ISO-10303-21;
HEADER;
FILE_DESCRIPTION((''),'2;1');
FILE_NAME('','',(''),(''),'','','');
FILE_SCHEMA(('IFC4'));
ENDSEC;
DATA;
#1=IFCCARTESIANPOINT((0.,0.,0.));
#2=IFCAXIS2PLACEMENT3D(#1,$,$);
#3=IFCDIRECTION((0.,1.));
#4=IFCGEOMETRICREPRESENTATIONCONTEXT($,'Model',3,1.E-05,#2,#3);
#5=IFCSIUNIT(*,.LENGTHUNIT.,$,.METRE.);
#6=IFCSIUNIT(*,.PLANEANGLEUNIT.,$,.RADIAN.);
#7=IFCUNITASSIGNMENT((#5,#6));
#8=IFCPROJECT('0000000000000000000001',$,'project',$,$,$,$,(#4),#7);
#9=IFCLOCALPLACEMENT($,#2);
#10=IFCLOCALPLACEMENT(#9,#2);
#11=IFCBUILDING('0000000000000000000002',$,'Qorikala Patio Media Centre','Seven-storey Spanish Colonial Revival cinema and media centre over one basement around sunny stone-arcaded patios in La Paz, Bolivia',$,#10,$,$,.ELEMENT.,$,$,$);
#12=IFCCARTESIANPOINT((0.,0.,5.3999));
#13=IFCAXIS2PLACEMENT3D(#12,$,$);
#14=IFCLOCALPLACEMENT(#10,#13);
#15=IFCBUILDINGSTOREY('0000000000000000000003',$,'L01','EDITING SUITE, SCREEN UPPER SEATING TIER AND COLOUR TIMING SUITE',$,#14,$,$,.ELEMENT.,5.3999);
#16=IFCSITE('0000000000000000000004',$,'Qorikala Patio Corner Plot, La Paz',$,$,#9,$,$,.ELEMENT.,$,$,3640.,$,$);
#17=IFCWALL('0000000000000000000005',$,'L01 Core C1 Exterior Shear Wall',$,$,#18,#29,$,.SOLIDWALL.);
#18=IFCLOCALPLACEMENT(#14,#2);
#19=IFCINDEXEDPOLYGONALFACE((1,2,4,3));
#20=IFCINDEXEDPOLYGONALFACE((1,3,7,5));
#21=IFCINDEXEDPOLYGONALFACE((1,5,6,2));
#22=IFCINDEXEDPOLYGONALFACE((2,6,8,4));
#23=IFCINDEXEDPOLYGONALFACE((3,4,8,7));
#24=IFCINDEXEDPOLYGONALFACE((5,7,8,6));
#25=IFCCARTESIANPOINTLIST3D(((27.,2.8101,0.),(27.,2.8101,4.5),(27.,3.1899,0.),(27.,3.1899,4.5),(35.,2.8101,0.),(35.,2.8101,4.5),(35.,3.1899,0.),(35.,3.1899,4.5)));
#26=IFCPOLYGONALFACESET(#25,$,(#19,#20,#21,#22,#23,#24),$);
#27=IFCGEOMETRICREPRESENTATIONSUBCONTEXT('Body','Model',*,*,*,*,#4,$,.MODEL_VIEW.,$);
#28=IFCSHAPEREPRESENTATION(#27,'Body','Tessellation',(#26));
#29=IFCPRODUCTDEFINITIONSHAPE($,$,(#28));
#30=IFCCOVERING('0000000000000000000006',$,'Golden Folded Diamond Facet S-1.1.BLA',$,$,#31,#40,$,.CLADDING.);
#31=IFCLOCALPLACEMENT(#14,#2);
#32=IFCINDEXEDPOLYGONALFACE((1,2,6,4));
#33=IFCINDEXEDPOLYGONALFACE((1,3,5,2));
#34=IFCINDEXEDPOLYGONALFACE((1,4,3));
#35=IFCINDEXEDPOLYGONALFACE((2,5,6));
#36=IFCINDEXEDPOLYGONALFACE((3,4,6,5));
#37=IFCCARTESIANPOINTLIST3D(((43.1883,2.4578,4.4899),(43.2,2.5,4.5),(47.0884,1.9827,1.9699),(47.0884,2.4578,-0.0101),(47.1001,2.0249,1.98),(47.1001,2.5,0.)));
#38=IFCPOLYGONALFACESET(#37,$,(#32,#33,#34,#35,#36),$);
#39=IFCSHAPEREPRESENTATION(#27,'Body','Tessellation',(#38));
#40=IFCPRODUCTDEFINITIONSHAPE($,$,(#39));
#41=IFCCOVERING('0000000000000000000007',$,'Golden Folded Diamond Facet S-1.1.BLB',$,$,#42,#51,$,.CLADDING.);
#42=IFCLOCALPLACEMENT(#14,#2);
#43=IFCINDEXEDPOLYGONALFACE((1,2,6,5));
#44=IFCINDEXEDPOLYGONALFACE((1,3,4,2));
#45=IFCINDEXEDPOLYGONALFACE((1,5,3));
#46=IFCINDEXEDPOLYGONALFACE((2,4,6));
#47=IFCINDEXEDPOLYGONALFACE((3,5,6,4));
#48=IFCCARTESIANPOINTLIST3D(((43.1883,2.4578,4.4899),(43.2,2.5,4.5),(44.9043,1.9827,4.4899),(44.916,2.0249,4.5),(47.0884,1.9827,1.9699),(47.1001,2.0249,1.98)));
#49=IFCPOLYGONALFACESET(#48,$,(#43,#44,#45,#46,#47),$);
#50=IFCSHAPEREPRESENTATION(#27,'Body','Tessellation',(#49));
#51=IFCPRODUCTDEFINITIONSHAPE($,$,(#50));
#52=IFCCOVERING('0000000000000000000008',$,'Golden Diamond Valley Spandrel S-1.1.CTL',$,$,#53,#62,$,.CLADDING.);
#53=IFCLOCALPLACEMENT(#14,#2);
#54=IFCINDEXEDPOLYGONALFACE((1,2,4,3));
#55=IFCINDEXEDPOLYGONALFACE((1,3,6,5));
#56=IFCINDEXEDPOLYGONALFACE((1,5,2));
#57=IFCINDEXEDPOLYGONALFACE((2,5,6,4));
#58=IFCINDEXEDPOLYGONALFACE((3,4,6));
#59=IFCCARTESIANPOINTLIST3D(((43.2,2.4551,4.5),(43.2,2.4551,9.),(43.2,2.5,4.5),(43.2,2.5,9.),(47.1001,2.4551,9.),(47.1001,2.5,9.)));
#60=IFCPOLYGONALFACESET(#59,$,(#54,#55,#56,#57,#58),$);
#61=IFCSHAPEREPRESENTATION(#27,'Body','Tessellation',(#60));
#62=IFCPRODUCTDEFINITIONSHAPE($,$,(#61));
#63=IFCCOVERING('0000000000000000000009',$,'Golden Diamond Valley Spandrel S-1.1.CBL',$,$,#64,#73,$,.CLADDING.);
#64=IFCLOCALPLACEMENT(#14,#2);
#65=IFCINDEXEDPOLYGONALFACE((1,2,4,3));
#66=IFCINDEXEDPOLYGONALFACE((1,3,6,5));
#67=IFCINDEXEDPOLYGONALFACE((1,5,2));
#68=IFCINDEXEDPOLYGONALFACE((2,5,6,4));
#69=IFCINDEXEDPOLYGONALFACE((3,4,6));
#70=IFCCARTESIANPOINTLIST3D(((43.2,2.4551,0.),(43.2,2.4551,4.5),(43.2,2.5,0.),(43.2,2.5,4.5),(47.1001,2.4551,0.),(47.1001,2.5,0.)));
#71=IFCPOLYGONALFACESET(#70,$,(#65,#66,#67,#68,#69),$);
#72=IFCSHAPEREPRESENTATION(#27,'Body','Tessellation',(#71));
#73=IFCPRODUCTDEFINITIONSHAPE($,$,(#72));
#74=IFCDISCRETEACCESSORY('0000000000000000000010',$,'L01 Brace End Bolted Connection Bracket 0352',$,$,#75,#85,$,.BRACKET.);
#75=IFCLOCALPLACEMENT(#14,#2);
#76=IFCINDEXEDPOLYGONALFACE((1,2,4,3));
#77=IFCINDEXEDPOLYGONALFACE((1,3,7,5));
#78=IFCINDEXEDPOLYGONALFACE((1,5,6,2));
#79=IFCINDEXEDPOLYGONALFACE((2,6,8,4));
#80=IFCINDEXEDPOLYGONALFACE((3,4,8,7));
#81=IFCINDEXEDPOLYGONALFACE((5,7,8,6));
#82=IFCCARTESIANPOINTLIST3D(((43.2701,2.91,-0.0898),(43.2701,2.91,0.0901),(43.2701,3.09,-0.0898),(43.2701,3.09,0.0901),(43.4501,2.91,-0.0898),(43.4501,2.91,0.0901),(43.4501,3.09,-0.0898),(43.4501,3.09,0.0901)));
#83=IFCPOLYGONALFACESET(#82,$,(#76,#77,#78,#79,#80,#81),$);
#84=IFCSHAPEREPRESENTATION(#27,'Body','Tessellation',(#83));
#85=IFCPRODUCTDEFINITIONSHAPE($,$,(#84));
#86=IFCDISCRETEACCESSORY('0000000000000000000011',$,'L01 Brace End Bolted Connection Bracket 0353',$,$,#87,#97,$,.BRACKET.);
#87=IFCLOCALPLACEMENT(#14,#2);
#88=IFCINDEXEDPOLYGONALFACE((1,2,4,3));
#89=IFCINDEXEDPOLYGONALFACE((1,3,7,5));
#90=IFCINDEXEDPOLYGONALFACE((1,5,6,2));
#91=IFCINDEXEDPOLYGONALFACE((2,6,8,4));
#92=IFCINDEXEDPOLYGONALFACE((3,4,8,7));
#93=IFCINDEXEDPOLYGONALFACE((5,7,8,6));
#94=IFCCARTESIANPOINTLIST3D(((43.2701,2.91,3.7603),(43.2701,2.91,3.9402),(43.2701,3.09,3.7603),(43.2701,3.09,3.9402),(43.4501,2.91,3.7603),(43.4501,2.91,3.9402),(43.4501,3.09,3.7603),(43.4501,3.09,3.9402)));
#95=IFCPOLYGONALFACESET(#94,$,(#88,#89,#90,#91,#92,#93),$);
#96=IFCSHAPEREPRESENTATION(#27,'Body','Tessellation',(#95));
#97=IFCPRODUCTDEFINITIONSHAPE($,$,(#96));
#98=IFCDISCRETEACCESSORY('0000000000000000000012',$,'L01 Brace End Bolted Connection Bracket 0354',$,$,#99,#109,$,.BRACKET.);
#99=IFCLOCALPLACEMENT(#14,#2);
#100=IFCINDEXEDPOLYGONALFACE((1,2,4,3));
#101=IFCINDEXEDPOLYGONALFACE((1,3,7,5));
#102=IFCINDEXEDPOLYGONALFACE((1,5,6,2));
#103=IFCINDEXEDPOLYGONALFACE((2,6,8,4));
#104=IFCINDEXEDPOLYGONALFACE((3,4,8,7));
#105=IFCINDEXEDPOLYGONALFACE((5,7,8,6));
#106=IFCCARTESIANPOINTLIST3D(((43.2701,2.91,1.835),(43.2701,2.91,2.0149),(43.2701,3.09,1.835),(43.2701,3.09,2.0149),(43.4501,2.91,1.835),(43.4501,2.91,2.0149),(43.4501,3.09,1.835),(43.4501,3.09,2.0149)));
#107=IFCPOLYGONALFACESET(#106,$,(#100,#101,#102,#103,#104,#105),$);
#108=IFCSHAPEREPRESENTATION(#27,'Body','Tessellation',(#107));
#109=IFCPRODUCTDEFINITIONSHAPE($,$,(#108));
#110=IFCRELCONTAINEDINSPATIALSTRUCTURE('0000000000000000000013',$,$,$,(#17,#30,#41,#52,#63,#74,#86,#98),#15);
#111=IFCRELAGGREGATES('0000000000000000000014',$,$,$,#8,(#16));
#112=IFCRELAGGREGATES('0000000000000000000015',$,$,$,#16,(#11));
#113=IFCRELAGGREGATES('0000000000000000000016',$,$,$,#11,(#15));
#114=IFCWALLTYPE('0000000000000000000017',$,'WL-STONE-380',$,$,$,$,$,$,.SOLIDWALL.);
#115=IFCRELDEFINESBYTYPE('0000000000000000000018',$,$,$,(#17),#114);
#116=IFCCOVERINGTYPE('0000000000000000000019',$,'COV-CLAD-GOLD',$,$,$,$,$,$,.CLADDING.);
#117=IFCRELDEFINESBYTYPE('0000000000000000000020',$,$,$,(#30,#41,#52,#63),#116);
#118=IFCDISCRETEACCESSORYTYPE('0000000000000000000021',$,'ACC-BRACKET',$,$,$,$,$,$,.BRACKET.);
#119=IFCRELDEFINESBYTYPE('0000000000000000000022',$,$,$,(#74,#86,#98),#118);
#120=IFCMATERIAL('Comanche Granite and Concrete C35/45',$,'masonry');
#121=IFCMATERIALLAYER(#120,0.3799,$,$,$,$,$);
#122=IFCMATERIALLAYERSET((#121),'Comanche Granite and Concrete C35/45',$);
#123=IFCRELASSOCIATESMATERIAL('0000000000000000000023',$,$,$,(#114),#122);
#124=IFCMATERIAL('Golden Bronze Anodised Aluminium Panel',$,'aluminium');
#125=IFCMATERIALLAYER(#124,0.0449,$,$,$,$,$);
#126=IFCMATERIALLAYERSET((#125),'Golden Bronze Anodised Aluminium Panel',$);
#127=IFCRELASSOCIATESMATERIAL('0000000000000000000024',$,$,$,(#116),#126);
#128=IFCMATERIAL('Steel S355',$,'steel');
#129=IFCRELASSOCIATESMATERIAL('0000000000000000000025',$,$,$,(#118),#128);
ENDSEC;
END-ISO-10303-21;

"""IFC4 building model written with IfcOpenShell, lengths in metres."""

from ifc_helpers import new_model, si_unit, direction, frame, frame_2d, origin, origin_2d, place, context, subcontext, project, spatial, polyline, rectangle, outline, extrude, material, layer, layer_set, type_object, element, save


model = new_model("IFC4")

# Units and contexts
model_context = context("Model", 3, precision=1e-05, world=origin(), true_north=direction((0.0, 1.0)))
body_context = subcontext(model_context, "Body", "Model", "MODEL_VIEW")
ifc_project = project(units=[si_unit("LENGTHUNIT", "METRE"), si_unit("PLANEANGLEUNIT", "RADIAN")], contexts=[model_context])

# Site, building, storey
site_placement = place(None, origin())
site = spatial("IfcSite", under=ifc_project, at=site_placement, Name="Qorikala Patio Corner Plot, La Paz", CompositionType="ELEMENT", RefElevation=3640.0)
building_placement = place(site_placement, origin())
building = spatial("IfcBuilding", under=site, at=building_placement, Name="Qorikala Patio Media Centre", Description="Seven-storey Spanish Colonial Revival cinema and media centre over one basement around sunny stone-arcaded patios in La Paz, Bolivia", CompositionType="ELEMENT")
storey_placement = place(building_placement, frame((0.0, 0.0, 5.3999)))
storey = spatial("IfcBuildingStorey", under=building, at=storey_placement, Name="L01", Description="EDITING SUITE, SCREEN UPPER SEATING TIER AND COLOUR TIMING SUITE", CompositionType="ELEMENT", Elevation=5.3999)

# Wall
ifc_material_1 = material(Name="Comanche Granite and Concrete C35/45", Category="masonry")
ifc_layer_1 = layer(ifc_material_1, 0.3799)
ifc_layer_set_1 = layer_set([ifc_layer_1], Name="Comanche Granite and Concrete C35/45")
wall_type_1 = type_object("IfcWallType", Name="WL-STONE-380", PredefinedType="SOLIDWALL", material=ifc_layer_set_1)
for number, where, z_axis, x_axis, name in (
    (1, (35.0, 3.0, 0.0), (0.0, 0.0, 1.0), (-1.0, 0.0, 0.0), "L01 Core C1 Exterior Shear Wall"),
):
    element("IfcWall", number, at=place(storey_placement, frame(where, z_axis=z_axis, x_axis=x_axis)), inside=storey, type_object=wall_type_1, Name=name, PredefinedType="SOLIDWALL", context=body_context, shape_type="SweptSolid", body=[
        extrude(rectangle(XDim=8.0, YDim=0.3799, at=frame_2d((4.0, 0.0))), origin(), (0.0, 0.0, 1.0), 4.5),
    ])

# Coverings
ifc_material_2 = material(Name="Golden Bronze Anodised Aluminium Panel", Category="aluminium")
ifc_layer_2 = layer(ifc_material_2, 0.0449)
ifc_layer_set_2 = layer_set([ifc_layer_2], Name="Golden Bronze Anodised Aluminium Panel")
covering_type = type_object("IfcCoveringType", Name="COV-CLAD-GOLD", PredefinedType="CLADDING", material=ifc_layer_set_2)
covering_1_placement = place(storey_placement, frame((43.2, 2.5, 4.5), z_axis=(0.259958, 0.938967, 0.225306), x_axis=(0.654945, 0.0, -0.755677)))
element("IfcCovering", 2, at=covering_1_placement, inside=storey, type_object=covering_type, Name="Golden Folded Diamond Facet S-1.1.BLA", PredefinedType="CLADDING", context=body_context, shape_type="SweptSolid", body=[
    extrude(outline(polyline([(0.0, 0.0), (5.9549, 0.0), (4.4587, -1.3811), (0.0, 0.0)])), origin(), (0.0, 0.0, -1.0), 0.0449),
])
covering_2_placement = place(storey_placement, frame((43.2, 2.5, 4.5), z_axis=(0.259956, 0.938968, 0.225302), x_axis=(0.835562, -0.101784, -0.539885)))
element("IfcCovering", 3, at=covering_2_placement, inside=storey, type_object=covering_type, Name="Golden Folded Diamond Facet S-1.1.BLB", PredefinedType="CLADDING", context=body_context, shape_type="SweptSolid", body=[
    extrude(outline(polyline([(0.0, 0.0), (4.6677, 0.0), (1.4822, -0.9867), (0.0, 0.0)])), origin(), (0.0, 0.0, -1.0), 0.0449),
])
covering_3_placement = place(storey_placement, frame((43.2, 2.5, 9.0), z_axis=(0.0, 1.0, 0.0), x_axis=(1.0, 0.0, 0.0)))
element("IfcCovering", 4, at=covering_3_placement, inside=storey, type_object=covering_type, Name="Golden Diamond Valley Spandrel S-1.1.CTL", PredefinedType="CLADDING", context=body_context, shape_type="SweptSolid", body=[
    extrude(outline(polyline([(0.0, 0.0), (3.9001, 0.0), (0.0, 4.5), (0.0, 0.0)])), origin(), (0.0, 0.0, -1.0), 0.0449),
])
covering_4_placement = place(storey_placement, frame((43.2, 2.5, 0.0), z_axis=(0.0, 1.0, 0.0), x_axis=(0.0, 0.0, 1.0)))
element("IfcCovering", 5, at=covering_4_placement, inside=storey, type_object=covering_type, Name="Golden Diamond Valley Spandrel S-1.1.CBL", PredefinedType="CLADDING", context=body_context, shape_type="SweptSolid", body=[
    extrude(outline(polyline([(0.0, 0.0), (4.5, 0.0), (0.0, 3.9001), (0.0, 0.0)])), origin(), (0.0, 0.0, -1.0), 0.0449),
])

# Discrete accessories
ifc_material_3 = material(Name="Steel S355", Category="steel")
discrete_accessory_type = type_object("IfcDiscreteAccessoryType", Name="ACC-BRACKET", PredefinedType="BRACKET", material=ifc_material_3)
for number, where, z_axis, x_axis, name in (
    (6, (43.3601, 3.0, -0.0898), (0.0, 0.0, 1.0), (1.0, 0.0, 0.0), "L01 Brace End Bolted Connection Bracket 0352"),
    (7, (43.3601, 3.0, 3.7603), (0.0, 0.0, 1.0), (1.0, 0.0, 0.0), "L01 Brace End Bolted Connection Bracket 0353"),
    (8, (43.3601, 3.0, 1.835), (0.0, 0.0, 1.0), (1.0, 0.0, 0.0), "L01 Brace End Bolted Connection Bracket 0354"),
):
    element("IfcDiscreteAccessory", number, at=place(storey_placement, frame(where, z_axis=z_axis, x_axis=x_axis)), inside=storey, type_object=discrete_accessory_type, Name=name, PredefinedType="BRACKET", context=body_context, shape_type="SweptSolid", body=[
        extrude(rectangle(XDim=0.1799, YDim=0.1799, at=origin_2d()), origin(), (0.0, 0.0, 1.0), 0.1799),
    ])

save(model, "model.ifc")
